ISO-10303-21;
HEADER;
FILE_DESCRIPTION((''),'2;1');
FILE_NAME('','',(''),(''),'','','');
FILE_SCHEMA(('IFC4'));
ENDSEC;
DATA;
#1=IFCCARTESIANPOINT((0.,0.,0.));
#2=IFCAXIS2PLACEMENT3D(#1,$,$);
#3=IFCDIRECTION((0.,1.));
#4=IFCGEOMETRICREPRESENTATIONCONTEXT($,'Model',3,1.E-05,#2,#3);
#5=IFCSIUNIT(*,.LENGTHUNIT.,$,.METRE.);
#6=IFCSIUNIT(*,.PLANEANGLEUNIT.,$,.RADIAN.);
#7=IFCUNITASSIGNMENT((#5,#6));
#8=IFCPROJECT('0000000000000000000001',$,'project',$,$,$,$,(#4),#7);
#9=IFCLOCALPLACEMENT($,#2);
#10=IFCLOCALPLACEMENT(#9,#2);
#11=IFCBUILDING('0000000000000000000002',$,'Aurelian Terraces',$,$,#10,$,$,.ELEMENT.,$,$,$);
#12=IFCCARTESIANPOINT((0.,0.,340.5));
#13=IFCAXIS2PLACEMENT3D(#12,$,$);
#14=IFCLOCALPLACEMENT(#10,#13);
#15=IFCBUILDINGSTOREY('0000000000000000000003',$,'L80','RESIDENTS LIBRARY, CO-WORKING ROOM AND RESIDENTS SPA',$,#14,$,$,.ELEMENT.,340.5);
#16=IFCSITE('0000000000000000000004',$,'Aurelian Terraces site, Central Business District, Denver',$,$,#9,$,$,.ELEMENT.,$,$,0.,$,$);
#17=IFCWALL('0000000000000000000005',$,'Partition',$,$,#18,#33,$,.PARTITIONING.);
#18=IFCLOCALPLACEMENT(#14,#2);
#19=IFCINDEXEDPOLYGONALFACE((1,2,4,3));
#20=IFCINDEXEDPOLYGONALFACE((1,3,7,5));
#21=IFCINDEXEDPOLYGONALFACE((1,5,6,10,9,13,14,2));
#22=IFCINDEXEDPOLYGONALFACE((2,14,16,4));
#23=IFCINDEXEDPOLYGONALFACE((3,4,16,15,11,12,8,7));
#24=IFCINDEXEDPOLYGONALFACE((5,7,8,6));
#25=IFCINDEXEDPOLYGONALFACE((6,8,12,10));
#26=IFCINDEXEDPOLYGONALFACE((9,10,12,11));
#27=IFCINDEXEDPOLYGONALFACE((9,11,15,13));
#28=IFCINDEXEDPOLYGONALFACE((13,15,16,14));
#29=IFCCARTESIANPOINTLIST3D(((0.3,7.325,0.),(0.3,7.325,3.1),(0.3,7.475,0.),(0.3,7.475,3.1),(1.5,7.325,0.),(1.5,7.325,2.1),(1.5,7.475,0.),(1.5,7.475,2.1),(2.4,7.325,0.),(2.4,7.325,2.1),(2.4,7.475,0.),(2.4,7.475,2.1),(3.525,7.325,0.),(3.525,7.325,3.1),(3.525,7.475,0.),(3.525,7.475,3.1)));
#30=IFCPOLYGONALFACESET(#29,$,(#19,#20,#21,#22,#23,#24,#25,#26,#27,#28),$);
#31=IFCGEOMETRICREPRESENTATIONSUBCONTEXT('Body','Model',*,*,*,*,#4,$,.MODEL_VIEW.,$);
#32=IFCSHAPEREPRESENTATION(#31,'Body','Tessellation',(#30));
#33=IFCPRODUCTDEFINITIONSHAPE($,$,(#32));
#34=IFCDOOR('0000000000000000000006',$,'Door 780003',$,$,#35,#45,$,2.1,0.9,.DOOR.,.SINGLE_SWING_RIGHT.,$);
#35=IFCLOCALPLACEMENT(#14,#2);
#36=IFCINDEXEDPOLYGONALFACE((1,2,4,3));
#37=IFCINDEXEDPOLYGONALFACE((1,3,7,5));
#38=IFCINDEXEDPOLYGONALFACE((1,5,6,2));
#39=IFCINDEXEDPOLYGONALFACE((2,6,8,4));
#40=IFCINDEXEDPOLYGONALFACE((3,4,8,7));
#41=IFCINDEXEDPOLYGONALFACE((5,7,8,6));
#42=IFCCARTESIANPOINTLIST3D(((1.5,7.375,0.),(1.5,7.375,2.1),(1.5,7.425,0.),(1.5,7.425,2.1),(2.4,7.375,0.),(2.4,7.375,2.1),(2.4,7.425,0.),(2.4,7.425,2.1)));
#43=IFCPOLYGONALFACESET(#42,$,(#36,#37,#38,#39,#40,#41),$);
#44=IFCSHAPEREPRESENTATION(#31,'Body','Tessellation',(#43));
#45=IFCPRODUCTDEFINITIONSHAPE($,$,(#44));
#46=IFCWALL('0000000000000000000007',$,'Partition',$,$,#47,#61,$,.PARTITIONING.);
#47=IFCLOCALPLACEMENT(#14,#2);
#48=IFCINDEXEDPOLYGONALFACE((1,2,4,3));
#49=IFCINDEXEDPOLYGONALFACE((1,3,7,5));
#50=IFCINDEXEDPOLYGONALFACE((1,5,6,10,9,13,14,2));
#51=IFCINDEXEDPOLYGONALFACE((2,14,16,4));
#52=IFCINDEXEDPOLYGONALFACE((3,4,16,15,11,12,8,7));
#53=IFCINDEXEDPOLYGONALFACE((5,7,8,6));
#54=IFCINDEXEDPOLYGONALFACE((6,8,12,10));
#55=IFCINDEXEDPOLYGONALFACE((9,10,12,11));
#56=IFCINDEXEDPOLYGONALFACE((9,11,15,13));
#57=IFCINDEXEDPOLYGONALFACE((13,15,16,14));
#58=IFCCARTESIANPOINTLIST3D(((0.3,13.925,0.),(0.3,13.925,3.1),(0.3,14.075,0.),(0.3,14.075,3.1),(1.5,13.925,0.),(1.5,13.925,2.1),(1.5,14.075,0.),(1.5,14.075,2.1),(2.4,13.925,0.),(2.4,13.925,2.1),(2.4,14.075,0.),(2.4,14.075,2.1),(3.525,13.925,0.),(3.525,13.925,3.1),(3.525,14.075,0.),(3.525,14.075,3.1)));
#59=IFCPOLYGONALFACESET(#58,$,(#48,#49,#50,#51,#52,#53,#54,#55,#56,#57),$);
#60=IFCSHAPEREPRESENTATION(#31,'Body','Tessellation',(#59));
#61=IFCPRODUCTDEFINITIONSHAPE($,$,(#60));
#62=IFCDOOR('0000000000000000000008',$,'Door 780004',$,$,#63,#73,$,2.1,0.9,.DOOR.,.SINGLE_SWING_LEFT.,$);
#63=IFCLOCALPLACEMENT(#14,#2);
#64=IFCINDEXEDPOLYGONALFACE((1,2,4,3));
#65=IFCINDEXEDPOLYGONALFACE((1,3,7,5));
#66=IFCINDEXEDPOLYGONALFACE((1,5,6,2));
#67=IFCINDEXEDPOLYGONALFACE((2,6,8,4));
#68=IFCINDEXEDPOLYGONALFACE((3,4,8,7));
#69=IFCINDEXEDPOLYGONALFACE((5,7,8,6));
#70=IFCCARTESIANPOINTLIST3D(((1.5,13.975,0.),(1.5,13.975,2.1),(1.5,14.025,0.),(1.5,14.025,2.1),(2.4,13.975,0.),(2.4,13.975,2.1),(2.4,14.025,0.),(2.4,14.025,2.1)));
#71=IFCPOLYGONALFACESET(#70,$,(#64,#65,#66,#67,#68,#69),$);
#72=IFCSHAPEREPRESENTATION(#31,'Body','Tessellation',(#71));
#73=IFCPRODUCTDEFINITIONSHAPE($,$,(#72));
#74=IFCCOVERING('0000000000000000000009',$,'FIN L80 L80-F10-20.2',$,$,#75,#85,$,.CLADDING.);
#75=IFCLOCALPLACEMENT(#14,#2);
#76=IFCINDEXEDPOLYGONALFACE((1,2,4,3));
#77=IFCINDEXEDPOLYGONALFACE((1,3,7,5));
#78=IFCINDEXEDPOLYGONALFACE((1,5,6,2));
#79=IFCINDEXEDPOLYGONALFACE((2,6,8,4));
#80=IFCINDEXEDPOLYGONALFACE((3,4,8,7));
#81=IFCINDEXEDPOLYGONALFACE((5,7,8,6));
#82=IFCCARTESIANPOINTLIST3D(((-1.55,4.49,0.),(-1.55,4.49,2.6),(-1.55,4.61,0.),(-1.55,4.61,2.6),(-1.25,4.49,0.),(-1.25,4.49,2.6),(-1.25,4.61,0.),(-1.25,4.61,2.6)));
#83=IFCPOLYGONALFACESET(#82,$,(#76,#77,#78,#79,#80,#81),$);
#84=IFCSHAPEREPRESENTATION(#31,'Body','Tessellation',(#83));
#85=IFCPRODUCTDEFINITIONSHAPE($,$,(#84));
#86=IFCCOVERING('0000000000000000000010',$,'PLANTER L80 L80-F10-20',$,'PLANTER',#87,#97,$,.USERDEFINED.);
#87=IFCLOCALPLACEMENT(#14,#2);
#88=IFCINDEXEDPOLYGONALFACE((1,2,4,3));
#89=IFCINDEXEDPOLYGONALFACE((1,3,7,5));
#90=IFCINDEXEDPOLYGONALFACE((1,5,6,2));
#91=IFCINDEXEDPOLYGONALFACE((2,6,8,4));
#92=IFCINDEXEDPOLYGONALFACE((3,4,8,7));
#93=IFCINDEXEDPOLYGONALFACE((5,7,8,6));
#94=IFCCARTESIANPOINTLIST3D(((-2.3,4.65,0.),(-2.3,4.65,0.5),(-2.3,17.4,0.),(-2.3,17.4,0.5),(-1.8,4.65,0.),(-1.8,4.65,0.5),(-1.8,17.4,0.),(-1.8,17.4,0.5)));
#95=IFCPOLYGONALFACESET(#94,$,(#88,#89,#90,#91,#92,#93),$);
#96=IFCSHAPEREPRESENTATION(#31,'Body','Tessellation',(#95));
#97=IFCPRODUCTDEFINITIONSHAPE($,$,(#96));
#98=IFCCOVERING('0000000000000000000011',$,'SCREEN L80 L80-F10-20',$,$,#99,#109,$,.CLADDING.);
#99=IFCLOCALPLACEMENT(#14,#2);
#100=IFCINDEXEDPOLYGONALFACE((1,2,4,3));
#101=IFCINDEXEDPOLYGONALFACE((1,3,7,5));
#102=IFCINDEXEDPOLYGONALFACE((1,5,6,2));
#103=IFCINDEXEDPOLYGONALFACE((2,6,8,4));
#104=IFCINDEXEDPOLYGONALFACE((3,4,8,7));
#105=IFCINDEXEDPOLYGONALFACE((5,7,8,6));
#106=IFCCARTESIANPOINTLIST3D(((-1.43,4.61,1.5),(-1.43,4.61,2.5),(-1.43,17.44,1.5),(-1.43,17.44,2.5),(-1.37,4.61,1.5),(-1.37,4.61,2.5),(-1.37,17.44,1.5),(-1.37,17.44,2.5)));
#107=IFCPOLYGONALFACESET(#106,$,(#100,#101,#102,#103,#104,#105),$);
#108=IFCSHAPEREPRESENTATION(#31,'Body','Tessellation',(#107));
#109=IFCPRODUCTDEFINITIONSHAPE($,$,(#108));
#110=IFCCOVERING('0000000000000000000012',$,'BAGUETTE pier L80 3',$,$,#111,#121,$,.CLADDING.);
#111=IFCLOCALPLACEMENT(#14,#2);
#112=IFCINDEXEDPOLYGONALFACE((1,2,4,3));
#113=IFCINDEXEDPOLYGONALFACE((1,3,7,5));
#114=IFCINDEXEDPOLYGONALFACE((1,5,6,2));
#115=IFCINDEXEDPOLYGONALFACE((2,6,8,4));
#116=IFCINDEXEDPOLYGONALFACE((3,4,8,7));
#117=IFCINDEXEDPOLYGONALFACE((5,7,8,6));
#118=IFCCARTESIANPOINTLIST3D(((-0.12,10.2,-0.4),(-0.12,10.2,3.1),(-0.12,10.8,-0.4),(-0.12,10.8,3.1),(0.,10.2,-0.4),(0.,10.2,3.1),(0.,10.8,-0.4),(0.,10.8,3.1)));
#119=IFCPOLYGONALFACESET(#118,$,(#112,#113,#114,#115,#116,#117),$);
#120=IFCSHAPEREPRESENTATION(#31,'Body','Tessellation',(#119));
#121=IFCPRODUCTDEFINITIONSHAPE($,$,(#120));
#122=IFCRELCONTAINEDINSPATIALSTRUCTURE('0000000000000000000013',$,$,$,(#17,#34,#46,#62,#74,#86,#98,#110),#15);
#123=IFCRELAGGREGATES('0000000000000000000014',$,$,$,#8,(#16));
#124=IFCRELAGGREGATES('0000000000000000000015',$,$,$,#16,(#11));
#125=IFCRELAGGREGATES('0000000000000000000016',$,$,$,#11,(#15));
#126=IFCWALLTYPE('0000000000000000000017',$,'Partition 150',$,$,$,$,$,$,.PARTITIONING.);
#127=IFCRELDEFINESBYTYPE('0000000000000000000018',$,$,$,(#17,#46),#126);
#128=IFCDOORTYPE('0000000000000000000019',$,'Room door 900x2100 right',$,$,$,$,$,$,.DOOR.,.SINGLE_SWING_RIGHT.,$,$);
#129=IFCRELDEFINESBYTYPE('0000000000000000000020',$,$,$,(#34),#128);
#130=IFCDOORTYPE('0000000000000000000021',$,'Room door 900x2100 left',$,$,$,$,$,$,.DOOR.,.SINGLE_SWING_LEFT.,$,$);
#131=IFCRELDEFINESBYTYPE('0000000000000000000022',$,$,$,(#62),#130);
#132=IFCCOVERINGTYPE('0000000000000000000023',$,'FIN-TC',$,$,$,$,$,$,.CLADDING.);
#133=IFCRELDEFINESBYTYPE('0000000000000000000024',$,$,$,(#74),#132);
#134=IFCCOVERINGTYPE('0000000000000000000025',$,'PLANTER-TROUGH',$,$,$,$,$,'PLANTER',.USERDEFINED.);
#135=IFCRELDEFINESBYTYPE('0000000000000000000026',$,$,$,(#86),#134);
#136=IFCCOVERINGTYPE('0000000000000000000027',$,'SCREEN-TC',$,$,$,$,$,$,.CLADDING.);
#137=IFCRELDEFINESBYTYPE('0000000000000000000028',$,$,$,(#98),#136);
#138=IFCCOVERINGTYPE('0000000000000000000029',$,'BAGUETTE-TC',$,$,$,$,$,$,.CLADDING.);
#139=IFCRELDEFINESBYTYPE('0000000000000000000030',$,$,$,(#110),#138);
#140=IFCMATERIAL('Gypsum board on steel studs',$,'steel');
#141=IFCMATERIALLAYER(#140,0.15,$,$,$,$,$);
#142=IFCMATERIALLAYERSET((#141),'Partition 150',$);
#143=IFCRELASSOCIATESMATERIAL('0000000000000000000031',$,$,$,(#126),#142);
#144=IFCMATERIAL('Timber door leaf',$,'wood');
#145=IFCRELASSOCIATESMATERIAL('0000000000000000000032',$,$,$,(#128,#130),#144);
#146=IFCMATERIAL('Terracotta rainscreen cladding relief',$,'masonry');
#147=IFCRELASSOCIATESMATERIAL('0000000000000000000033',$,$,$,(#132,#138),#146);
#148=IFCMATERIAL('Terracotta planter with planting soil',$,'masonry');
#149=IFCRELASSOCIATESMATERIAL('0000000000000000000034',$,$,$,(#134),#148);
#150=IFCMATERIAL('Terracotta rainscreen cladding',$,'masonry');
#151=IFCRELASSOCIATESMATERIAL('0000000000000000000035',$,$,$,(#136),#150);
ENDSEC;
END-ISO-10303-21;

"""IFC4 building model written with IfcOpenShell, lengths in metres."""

from ifc_helpers import new_model, si_unit, direction, frame, frame_2d, origin, origin_2d, place, context, subcontext, project, spatial, rectangle, extrude, source, transform, mapped, material, layer, layer_set, type_object, element, fill, save


model = new_model("IFC4")

# Units and contexts
model_context = context("Model", 3, precision=1e-05, world=origin(), true_north=direction((0.0, 1.0)))
body_context = subcontext(model_context, "Body", "Model", "MODEL_VIEW")
ifc_project = project(units=[si_unit("LENGTHUNIT", "METRE"), si_unit("PLANEANGLEUNIT", "RADIAN")], contexts=[model_context])

# Site, building, storey
site_placement = place(None, origin())
site = spatial("IfcSite", under=ifc_project, at=site_placement, Name="Aurelian Terraces site, Central Business District, Denver", CompositionType="ELEMENT", RefElevation=0.0)
building_placement = place(site_placement, origin())
building = spatial("IfcBuilding", under=site, at=building_placement, Name="Aurelian Terraces", CompositionType="ELEMENT")
storey_placement = place(building_placement, frame((0.0, 0.0, 340.5)))
storey = spatial("IfcBuildingStorey", under=building, at=storey_placement, Name="L80", Description="RESIDENTS LIBRARY, CO-WORKING ROOM AND RESIDENTS SPA", CompositionType="ELEMENT", Elevation=340.5)

# Shared definitions
ifc_material_1 = material(Name="Terracotta rainscreen cladding", Category="masonry")

# Walls, openings, doors
ifc_material_2 = material(Name="Gypsum board on steel studs", Category="steel")
ifc_layer_1 = layer(ifc_material_2, 0.15)
ifc_layer_set_1 = layer_set([ifc_layer_1], Name="Partition 150")
wall_type_1 = type_object("IfcWallType", Name="Partition 150", PredefinedType="PARTITIONING", material=ifc_layer_set_1)
shared_shape_1 = source(origin(), body_context, "Body", "SweptSolid", [
    extrude(rectangle(XDim=3.225, YDim=0.15, at=frame_2d((1.6125, 0.0))), origin(), (0.0, 0.0, 1.0), 3.1),
])
wall_1_placement = place(storey_placement, frame((0.3, 7.4, 0.0), z_axis=(0.0, 0.0, 1.0), x_axis=(1.0, 0.0, 0.0)))
wall_1 = element("IfcWall", 1, at=wall_1_placement, inside=storey, type_object=wall_type_1, Name="Partition", PredefinedType="PARTITIONING", context=body_context, shape_type="MappedRepresentation", body=[
    mapped(shared_shape_1, transform((0.0, 0.0, 0.0), scale=1.0)),
])
shared_shape_2 = source(origin(), body_context, "Body", "SweptSolid", [
    extrude(rectangle(XDim=0.9, YDim=2.1, at=frame_2d((0.45, 1.05))), frame((0.0, 0.085, 0.0), z_axis=(0.0, -1.0, 0.0), x_axis=(1.0, 0.0, 0.0)), (0.0, 0.0, 1.0), 0.17),
])
opening_1_placement = place(wall_1_placement, frame((1.2, 0.0, 0.0)))
opening_1 = element("IfcOpeningElement", 2, at=opening_1_placement, cuts=wall_1, PredefinedType="OPENING", context=body_context, shape_type="MappedRepresentation", body=[
    mapped(shared_shape_2, transform((0.0, 0.0, 0.0), scale=1.0)),
])
ifc_material_3 = material(Name="Timber door leaf", Category="wood")
door_type_1 = type_object("IfcDoorType", Name="Room door 900x2100 right", OperationType="SINGLE_SWING_RIGHT", PredefinedType="DOOR", material=ifc_material_3)
shared_shape_3 = source(origin(), body_context, "Body", "SweptSolid", [
    extrude(rectangle(XDim=0.9, YDim=2.1, at=frame_2d((0.45, 1.05))), frame((0.0, 0.025, 0.0), z_axis=(0.0, -1.0, 0.0), x_axis=(1.0, 0.0, 0.0)), (0.0, 0.0, 1.0), 0.05),
])
door_1_placement = place(opening_1_placement, origin())
door_1 = element("IfcDoor", 3, at=door_1_placement, inside=storey, type_object=door_type_1, Name="Door 780003", OperationType="SINGLE_SWING_RIGHT", OverallHeight=2.1, OverallWidth=0.9, PredefinedType="DOOR", context=body_context, shape_type="MappedRepresentation", body=[
    mapped(shared_shape_3, transform((0.0, 0.0, 0.0), scale=1.0)),
])
fill(opening_1, door_1)
wall_2_placement = place(storey_placement, frame((0.3, 14.0, 0.0), z_axis=(0.0, 0.0, 1.0), x_axis=(1.0, 0.0, 0.0)))
wall_2 = element("IfcWall", 4, at=wall_2_placement, inside=storey, type_object=wall_type_1, Name="Partition", PredefinedType="PARTITIONING", context=body_context, shape_type="MappedRepresentation", body=[
    mapped(shared_shape_1, transform((0.0, 0.0, 0.0), scale=1.0)),
])
opening_2_placement = place(wall_2_placement, frame((1.2, 0.0, 0.0)))
opening_2 = element("IfcOpeningElement", 5, at=opening_2_placement, cuts=wall_2, PredefinedType="OPENING", context=body_context, shape_type="MappedRepresentation", body=[
    mapped(shared_shape_2, transform((0.0, 0.0, 0.0), scale=1.0)),
])
door_type_2 = type_object("IfcDoorType", Name="Room door 900x2100 left", OperationType="SINGLE_SWING_LEFT", PredefinedType="DOOR", material=ifc_material_3)
door_2_placement = place(opening_2_placement, origin())
door_2 = element("IfcDoor", 6, at=door_2_placement, inside=storey, type_object=door_type_2, Name="Door 780004", OperationType="SINGLE_SWING_LEFT", OverallHeight=2.1, OverallWidth=0.9, PredefinedType="DOOR", context=body_context, shape_type="MappedRepresentation", body=[
    mapped(shared_shape_3, transform((0.0, 0.0, 0.0), scale=1.0)),
])
fill(opening_2, door_2)

# Coverings
ifc_material_4 = material(Name="Terracotta rainscreen cladding relief", Category="masonry")
covering_type_1 = type_object("IfcCoveringType", Name="FIN-TC", PredefinedType="CLADDING", material=ifc_material_4)
shared_shape_4 = source(origin(), body_context, "Body", "SweptSolid", [
    extrude(rectangle(XDim=0.3, YDim=0.12, at=origin_2d()), origin(), (0.0, 0.0, 1.0), 2.6),
])
covering_1_placement = place(storey_placement, frame((-1.4, 4.55, 0.0), z_axis=(0.0, 0.0, 1.0), x_axis=(1.0, 0.0, 0.0)))
element("IfcCovering", 7, at=covering_1_placement, inside=storey, type_object=covering_type_1, Name="FIN L80 L80-F10-20.2", PredefinedType="CLADDING", context=body_context, shape_type="MappedRepresentation", body=[
    mapped(shared_shape_4, transform((0.0, 0.0, 0.0), scale=1.0)),
])
ifc_material_5 = material(Name="Terracotta planter with planting soil", Category="masonry")
covering_type_2 = type_object("IfcCoveringType", Name="PLANTER-TROUGH", ElementType="PLANTER", PredefinedType="USERDEFINED", material=ifc_material_5)
shared_shape_5 = source(origin(), body_context, "Body", "SweptSolid", [
    extrude(rectangle(XDim=0.5, YDim=12.75, at=origin_2d()), origin(), (0.0, 0.0, 1.0), 0.5),
])
covering_2_placement = place(storey_placement, frame((-2.05, 11.025, 0.0), z_axis=(0.0, 0.0, 1.0), x_axis=(1.0, 0.0, 0.0)))
element("IfcCovering", 8, at=covering_2_placement, inside=storey, type_object=covering_type_2, Name="PLANTER L80 L80-F10-20", ObjectType="PLANTER", PredefinedType="USERDEFINED", context=body_context, shape_type="MappedRepresentation", body=[
    mapped(shared_shape_5, transform((0.0, 0.0, 0.0), scale=1.0)),
])
covering_type_3 = type_object("IfcCoveringType", Name="SCREEN-TC", PredefinedType="CLADDING", material=ifc_material_1)
shared_shape_6 = source(origin(), body_context, "Body", "SweptSolid", [
    extrude(rectangle(XDim=0.06, YDim=12.83, at=origin_2d()), origin(), (0.0, 0.0, 1.0), 1.0),
])
covering_3_placement = place(storey_placement, frame((-1.4, 11.025, 1.5), z_axis=(0.0, 0.0, 1.0), x_axis=(1.0, 0.0, 0.0)))
element("IfcCovering", 9, at=covering_3_placement, inside=storey, type_object=covering_type_3, Name="SCREEN L80 L80-F10-20", PredefinedType="CLADDING", context=body_context, shape_type="MappedRepresentation", body=[
    mapped(shared_shape_6, transform((0.0, 0.0, 0.0), scale=1.0)),
])
covering_type_4 = type_object("IfcCoveringType", Name="BAGUETTE-TC", PredefinedType="CLADDING", material=ifc_material_4)
shared_shape_7 = source(origin(), body_context, "Body", "SweptSolid", [
    extrude(rectangle(XDim=0.12, YDim=0.6, at=origin_2d()), origin(), (0.0, 0.0, 1.0), 3.5),
])
covering_4_placement = place(storey_placement, frame((-0.06, 10.5, -0.4), z_axis=(0.0, 0.0, 1.0), x_axis=(1.0, 0.0, 0.0)))
element("IfcCovering", 10, at=covering_4_placement, inside=storey, type_object=covering_type_4, Name="BAGUETTE pier L80 3", PredefinedType="CLADDING", context=body_context, shape_type="MappedRepresentation", body=[
    mapped(shared_shape_7, transform((0.0, 0.0, 0.0), scale=1.0)),
])

save(model, "model.ifc")
